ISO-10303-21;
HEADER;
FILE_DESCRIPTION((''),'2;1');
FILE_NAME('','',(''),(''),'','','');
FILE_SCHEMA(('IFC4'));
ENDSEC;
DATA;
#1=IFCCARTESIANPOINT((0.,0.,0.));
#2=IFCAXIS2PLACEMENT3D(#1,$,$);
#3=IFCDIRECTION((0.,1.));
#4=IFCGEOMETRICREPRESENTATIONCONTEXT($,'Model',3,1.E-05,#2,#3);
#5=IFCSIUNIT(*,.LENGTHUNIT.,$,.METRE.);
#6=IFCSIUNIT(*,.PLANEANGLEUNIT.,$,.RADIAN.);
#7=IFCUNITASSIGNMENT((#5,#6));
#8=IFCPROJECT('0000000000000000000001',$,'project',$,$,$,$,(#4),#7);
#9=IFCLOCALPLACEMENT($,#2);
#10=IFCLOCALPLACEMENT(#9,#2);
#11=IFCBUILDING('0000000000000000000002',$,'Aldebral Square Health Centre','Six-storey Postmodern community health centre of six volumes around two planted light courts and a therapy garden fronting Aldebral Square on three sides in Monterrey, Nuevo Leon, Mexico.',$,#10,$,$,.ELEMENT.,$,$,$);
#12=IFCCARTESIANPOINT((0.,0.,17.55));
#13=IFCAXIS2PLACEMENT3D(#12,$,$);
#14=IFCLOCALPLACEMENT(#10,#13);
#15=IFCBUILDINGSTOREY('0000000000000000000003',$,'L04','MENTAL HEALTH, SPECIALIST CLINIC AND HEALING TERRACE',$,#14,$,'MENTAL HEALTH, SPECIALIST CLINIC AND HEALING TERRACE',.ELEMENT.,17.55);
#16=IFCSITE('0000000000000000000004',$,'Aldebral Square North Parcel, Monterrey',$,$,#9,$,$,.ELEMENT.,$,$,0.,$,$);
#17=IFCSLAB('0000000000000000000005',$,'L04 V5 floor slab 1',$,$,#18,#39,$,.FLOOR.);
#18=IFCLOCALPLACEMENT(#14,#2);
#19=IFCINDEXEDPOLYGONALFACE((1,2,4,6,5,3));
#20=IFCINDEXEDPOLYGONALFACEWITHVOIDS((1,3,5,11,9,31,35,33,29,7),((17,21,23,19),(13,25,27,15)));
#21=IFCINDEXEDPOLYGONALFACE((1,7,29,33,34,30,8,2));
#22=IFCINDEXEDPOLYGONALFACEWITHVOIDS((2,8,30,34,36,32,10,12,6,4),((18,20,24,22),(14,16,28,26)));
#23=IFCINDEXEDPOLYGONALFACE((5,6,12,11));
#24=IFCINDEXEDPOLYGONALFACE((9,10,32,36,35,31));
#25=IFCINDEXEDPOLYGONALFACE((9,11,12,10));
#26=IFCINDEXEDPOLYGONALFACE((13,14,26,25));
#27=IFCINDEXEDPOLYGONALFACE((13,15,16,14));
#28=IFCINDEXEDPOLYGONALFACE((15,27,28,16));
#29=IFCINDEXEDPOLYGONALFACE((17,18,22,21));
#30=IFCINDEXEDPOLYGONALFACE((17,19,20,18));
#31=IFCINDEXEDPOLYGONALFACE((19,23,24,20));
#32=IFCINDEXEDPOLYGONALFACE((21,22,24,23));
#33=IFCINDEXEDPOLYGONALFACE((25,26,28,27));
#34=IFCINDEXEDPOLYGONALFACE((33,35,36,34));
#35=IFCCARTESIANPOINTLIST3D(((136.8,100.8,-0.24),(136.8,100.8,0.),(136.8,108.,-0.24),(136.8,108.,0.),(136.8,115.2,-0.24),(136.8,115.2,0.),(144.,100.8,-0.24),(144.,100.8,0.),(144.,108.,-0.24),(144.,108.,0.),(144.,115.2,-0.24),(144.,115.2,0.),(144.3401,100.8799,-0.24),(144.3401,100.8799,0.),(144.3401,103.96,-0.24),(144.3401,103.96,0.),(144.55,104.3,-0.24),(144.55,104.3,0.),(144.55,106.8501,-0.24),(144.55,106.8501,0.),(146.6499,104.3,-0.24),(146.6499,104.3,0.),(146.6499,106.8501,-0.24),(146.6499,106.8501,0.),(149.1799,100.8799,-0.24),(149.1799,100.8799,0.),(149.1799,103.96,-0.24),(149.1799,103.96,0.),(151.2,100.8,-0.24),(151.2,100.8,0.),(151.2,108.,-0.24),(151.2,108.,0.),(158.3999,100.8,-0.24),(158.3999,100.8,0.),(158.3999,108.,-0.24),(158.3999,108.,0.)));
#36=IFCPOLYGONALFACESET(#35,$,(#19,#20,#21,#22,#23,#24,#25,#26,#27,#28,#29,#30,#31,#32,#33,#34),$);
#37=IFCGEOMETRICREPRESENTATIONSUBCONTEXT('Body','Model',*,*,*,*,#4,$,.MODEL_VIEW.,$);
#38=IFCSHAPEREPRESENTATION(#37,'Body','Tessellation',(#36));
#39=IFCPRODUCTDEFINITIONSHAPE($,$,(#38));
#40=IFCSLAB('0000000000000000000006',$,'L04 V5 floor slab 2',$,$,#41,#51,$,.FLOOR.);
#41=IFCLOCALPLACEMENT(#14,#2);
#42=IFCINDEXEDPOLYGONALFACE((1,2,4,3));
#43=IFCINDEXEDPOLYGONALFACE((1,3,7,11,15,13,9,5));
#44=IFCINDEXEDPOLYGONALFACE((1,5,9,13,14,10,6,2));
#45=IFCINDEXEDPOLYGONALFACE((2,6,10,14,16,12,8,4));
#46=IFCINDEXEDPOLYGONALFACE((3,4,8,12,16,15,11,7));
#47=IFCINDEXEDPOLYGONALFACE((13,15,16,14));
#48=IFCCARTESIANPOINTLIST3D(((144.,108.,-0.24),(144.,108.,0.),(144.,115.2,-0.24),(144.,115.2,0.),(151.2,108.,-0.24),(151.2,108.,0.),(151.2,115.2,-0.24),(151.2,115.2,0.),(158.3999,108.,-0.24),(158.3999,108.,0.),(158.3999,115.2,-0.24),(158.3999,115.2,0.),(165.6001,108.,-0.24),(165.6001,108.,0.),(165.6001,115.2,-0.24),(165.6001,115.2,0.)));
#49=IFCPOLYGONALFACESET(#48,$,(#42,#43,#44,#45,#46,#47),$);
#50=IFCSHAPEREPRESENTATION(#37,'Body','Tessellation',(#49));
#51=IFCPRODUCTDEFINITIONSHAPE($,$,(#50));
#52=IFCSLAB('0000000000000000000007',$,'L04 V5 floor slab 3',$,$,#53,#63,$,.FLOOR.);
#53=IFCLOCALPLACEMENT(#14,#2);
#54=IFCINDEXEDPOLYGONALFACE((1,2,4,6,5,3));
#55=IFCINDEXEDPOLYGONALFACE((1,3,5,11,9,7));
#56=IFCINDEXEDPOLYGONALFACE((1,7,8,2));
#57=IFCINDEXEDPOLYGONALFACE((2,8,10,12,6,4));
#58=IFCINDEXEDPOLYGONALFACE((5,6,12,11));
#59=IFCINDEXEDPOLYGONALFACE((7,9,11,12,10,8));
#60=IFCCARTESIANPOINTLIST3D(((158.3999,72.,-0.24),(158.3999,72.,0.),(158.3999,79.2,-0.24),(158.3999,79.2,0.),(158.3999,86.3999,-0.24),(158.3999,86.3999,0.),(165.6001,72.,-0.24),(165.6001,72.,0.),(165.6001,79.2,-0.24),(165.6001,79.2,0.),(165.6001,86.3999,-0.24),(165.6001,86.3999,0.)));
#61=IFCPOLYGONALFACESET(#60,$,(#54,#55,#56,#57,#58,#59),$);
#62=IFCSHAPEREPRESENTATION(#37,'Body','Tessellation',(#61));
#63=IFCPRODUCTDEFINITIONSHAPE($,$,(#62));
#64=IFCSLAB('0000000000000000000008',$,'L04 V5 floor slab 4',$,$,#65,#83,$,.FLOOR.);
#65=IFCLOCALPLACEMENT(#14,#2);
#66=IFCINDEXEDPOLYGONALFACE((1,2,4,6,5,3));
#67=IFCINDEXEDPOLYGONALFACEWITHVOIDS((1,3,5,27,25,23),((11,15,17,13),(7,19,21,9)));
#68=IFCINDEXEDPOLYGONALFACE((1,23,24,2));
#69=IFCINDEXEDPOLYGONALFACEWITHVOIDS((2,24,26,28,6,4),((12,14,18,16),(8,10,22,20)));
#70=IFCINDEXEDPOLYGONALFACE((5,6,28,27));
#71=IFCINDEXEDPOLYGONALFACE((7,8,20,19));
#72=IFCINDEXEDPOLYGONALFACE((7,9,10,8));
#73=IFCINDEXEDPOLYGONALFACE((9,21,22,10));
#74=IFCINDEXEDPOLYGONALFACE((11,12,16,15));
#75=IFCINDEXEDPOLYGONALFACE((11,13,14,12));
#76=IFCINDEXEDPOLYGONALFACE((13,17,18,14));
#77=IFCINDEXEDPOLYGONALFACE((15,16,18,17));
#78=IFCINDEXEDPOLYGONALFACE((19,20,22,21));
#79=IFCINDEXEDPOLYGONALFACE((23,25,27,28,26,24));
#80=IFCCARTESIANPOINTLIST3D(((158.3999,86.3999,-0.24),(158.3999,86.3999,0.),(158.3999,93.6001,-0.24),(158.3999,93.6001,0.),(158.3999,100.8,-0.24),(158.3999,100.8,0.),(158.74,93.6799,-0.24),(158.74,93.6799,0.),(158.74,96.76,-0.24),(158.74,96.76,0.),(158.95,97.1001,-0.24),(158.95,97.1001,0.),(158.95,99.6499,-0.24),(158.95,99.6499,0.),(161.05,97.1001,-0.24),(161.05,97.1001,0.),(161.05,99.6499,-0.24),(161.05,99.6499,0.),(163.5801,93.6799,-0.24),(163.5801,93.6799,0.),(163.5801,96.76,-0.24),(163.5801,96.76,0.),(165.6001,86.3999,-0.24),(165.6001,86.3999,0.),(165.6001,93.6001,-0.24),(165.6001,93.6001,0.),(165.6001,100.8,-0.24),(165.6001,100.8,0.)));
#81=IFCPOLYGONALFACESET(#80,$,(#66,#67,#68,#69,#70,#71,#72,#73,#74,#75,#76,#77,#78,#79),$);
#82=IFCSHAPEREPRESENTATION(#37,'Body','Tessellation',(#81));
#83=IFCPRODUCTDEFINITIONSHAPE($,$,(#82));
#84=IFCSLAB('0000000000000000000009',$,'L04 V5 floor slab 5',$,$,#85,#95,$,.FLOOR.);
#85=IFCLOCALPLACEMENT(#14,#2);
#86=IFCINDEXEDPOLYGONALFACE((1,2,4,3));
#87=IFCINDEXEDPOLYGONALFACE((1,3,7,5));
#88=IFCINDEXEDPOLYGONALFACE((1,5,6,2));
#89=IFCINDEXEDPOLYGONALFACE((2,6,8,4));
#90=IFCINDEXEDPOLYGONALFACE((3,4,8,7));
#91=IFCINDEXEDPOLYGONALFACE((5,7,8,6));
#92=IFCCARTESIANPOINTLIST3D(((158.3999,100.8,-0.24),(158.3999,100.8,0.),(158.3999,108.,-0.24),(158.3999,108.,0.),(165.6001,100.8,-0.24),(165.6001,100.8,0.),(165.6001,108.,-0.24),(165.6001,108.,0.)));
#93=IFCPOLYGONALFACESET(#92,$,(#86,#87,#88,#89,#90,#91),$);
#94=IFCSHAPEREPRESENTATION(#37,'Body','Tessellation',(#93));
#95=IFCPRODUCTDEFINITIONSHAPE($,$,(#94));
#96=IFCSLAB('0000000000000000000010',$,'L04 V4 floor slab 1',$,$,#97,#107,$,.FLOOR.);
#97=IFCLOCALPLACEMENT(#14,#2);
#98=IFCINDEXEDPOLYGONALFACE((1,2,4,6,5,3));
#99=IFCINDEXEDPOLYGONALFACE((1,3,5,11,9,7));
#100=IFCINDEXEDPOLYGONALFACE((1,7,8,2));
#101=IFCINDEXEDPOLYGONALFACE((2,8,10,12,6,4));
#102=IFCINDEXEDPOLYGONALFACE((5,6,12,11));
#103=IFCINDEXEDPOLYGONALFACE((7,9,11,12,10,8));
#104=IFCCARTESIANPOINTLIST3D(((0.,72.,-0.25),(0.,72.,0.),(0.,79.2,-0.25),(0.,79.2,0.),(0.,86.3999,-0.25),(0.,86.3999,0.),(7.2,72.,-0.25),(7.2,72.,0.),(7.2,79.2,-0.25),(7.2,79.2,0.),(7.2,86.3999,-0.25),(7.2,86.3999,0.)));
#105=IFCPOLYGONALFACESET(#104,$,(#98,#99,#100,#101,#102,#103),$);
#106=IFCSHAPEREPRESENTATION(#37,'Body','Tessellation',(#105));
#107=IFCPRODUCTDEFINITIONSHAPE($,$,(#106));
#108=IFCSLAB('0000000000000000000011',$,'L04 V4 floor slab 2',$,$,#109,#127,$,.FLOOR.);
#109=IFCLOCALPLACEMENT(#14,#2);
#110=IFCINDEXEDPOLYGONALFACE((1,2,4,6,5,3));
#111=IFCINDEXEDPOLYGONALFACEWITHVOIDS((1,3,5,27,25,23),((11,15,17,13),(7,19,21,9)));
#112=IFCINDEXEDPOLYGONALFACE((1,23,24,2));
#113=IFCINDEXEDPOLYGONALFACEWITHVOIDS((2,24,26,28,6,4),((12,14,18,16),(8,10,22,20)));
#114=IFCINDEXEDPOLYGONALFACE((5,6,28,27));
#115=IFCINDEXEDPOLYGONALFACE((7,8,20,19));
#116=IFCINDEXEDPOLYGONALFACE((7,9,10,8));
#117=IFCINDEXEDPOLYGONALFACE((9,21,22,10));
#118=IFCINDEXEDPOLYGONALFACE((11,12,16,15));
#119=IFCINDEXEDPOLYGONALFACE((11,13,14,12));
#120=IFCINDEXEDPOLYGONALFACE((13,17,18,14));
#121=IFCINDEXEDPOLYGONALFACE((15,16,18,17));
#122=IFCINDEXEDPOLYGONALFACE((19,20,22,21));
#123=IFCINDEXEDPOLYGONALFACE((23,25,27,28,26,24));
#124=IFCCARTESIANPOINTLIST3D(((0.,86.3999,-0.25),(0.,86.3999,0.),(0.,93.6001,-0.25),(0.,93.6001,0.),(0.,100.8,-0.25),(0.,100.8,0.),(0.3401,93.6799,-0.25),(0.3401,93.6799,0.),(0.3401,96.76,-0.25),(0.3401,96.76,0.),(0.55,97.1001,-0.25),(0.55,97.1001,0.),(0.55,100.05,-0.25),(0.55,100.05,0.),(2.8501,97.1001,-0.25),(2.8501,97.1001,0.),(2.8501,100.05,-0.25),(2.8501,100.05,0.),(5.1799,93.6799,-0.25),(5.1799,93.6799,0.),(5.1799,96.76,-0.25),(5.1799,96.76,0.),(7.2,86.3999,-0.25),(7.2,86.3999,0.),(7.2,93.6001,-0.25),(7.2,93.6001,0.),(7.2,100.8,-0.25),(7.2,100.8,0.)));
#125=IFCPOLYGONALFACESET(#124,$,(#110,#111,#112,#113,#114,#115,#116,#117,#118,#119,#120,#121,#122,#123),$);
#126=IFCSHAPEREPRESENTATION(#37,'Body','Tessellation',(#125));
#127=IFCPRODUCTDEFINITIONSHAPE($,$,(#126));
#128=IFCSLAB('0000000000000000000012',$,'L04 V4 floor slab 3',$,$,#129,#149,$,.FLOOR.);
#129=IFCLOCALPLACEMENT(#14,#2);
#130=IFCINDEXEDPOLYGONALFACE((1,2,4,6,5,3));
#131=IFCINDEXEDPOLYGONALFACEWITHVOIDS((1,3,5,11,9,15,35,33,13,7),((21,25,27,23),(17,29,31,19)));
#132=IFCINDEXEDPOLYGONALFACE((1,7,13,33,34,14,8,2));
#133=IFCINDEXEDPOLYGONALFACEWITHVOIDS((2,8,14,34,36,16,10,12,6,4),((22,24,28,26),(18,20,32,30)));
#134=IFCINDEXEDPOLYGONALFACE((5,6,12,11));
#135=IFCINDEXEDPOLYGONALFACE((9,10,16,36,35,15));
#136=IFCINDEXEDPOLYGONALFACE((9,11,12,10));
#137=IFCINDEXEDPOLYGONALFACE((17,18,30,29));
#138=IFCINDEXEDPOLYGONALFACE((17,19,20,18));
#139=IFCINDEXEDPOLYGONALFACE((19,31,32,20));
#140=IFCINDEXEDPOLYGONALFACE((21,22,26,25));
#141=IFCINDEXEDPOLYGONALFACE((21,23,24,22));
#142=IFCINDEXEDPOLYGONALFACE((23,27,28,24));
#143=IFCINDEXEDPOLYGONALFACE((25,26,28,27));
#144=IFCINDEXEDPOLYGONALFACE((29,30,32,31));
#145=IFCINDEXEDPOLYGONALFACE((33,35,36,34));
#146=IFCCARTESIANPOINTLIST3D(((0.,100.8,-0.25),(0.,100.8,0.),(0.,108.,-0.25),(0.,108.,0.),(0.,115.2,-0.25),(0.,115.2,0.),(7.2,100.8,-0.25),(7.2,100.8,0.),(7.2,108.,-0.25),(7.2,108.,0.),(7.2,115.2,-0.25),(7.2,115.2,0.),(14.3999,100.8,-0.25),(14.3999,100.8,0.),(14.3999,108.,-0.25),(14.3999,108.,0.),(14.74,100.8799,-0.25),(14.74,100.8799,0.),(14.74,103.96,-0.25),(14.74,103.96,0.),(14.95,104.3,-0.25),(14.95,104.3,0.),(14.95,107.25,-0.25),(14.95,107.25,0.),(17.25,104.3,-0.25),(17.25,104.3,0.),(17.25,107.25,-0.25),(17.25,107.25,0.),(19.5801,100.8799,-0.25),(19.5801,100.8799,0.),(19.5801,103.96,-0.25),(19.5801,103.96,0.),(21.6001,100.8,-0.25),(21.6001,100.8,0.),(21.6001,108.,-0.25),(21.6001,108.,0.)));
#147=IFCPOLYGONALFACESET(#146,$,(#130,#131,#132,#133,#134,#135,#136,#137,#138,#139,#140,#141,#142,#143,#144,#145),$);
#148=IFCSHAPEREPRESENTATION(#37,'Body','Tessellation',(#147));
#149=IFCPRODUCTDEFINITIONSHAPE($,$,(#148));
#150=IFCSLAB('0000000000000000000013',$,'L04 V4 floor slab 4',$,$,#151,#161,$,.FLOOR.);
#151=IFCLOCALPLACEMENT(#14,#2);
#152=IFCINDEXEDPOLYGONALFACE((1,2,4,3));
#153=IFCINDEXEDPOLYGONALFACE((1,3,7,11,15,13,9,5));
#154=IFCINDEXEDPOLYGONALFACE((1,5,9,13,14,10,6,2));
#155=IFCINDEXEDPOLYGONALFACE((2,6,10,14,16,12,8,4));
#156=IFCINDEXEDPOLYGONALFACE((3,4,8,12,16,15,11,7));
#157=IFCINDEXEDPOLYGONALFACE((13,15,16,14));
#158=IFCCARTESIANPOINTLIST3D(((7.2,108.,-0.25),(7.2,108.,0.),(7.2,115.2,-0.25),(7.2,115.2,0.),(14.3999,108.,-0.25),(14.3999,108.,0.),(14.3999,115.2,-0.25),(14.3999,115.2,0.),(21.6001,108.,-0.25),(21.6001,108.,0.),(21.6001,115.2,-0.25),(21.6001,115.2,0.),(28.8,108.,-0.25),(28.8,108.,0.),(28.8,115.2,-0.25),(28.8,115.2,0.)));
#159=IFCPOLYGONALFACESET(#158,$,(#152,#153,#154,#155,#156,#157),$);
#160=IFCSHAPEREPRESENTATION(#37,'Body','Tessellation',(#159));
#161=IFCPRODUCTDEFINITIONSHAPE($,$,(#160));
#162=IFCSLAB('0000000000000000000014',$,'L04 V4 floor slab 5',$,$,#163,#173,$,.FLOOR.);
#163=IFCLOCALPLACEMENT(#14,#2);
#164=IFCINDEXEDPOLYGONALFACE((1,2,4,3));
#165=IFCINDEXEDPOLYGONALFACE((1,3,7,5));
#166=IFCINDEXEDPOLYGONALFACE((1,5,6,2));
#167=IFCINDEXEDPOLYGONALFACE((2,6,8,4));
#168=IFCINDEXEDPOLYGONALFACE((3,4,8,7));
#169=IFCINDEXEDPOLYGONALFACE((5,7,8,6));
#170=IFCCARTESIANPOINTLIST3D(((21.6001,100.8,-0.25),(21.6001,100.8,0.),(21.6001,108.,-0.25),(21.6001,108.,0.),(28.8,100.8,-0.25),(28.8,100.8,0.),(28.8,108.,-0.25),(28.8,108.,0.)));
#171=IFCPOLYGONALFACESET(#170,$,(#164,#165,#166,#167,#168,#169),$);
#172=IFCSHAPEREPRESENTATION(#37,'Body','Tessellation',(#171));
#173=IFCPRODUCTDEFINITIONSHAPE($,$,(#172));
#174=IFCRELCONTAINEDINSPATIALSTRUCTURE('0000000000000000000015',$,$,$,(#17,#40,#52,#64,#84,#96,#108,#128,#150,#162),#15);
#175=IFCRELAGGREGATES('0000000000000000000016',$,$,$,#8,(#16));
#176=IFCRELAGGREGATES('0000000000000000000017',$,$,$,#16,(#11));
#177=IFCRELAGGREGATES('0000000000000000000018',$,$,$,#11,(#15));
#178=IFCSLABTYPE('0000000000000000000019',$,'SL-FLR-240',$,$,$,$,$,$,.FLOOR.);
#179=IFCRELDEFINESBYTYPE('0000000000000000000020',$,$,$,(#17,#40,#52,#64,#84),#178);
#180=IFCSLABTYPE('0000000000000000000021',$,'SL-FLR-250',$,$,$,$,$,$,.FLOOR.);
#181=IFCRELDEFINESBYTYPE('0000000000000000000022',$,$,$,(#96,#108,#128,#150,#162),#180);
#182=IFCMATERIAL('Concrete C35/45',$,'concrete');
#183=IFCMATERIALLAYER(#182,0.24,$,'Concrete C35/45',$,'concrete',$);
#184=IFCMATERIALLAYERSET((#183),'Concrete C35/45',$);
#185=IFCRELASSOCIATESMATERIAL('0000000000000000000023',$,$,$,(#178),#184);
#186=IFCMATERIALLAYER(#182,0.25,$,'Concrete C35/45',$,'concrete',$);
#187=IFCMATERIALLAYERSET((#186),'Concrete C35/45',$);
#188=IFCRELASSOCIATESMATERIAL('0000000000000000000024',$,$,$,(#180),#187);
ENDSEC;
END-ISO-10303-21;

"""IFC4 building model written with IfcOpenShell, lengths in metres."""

from ifc_helpers import new_model, si_unit, direction, frame, origin, place, context, subcontext, project, spatial, polyline, outline, extrude, material, layer, layer_set, type_object, element, save


model = new_model("IFC4")

# Units and contexts
model_context = context("Model", 3, precision=1e-05, world=origin(), true_north=direction((0.0, 1.0)))
body_context = subcontext(model_context, "Body", "Model", "MODEL_VIEW")
ifc_project = project(units=[si_unit("LENGTHUNIT", "METRE"), si_unit("PLANEANGLEUNIT", "RADIAN")], contexts=[model_context])

# Site, building, storey
site_placement = place(None, origin())
site = spatial("IfcSite", under=ifc_project, at=site_placement, Name="Aldebral Square North Parcel, Monterrey", CompositionType="ELEMENT", RefElevation=0.0)
building_placement = place(site_placement, origin())
building = spatial("IfcBuilding", under=site, at=building_placement, Name="Aldebral Square Health Centre", Description="Six-storey Postmodern community health centre of six volumes around two planted light courts and a therapy garden fronting Aldebral Square on three sides in Monterrey, Nuevo Leon, Mexico.", CompositionType="ELEMENT")
storey_placement = place(building_placement, frame((0.0, 0.0, 17.55)))
storey = spatial("IfcBuildingStorey", under=building, at=storey_placement, Name="L04", Description="MENTAL HEALTH, SPECIALIST CLINIC AND HEALING TERRACE", LongName="MENTAL HEALTH, SPECIALIST CLINIC AND HEALING TERRACE", CompositionType="ELEMENT", Elevation=17.55)

# Slabs
ifc_material_1 = material(Name="Concrete C35/45", Category="concrete")
ifc_layer_1 = layer(ifc_material_1, 0.24, Name="Concrete C35/45", Category="concrete")
ifc_layer_set_1 = layer_set([ifc_layer_1], Name="Concrete C35/45")
slab_type_1 = type_object("IfcSlabType", Name="SL-FLR-240", PredefinedType="FLOOR", material=ifc_layer_set_1)
slab_1_placement = place(storey_placement, frame((0.0, 0.0, -0.24)))
element("IfcSlab", 1, at=slab_1_placement, inside=storey, type_object=slab_type_1, Name="L04 V5 floor slab 1", PredefinedType="FLOOR", context=body_context, shape_type="SweptSolid", body=[
    extrude(outline(polyline([(136.8, 115.2), (144.0, 115.2), (144.0, 108.0), (151.2, 108.0), (158.3999, 108.0), (158.3999, 100.8), (151.2, 100.8), (144.0, 100.8), (136.8, 100.8), (136.8, 108.0), (136.8, 115.2)]), holes=[polyline([(144.3401, 103.96), (144.3401, 100.8799), (149.1799, 100.8799), (149.1799, 103.96), (144.3401, 103.96)]), polyline([(144.55, 106.8501), (144.55, 104.3), (146.6499, 104.3), (146.6499, 106.8501), (144.55, 106.8501)])]), origin(), (0.0, 0.0, 1.0), 0.24),
])
slab_2_placement = place(storey_placement, frame((0.0, 0.0, -0.24)))
element("IfcSlab", 2, at=slab_2_placement, inside=storey, type_object=slab_type_1, Name="L04 V5 floor slab 2", PredefinedType="FLOOR", context=body_context, shape_type="SweptSolid", body=[
    extrude(outline(polyline([(144.0, 115.2), (151.2, 115.2), (158.3999, 115.2), (165.6001, 115.2), (165.6001, 108.0), (158.3999, 108.0), (151.2, 108.0), (144.0, 108.0), (144.0, 115.2)])), origin(), (0.0, 0.0, 1.0), 0.24),
])
slab_3_placement = place(storey_placement, frame((0.0, 0.0, -0.24)))
element("IfcSlab", 3, at=slab_3_placement, inside=storey, type_object=slab_type_1, Name="L04 V5 floor slab 3", PredefinedType="FLOOR", context=body_context, shape_type="SweptSolid", body=[
    extrude(outline(polyline([(158.3999, 72.0), (158.3999, 79.2), (158.3999, 86.3999), (165.6001, 86.3999), (165.6001, 79.2), (165.6001, 72.0), (158.3999, 72.0)])), origin(), (0.0, 0.0, 1.0), 0.24),
])
slab_4_placement = place(storey_placement, frame((0.0, 0.0, -0.24)))
element("IfcSlab", 4, at=slab_4_placement, inside=storey, type_object=slab_type_1, Name="L04 V5 floor slab 4", PredefinedType="FLOOR", context=body_context, shape_type="SweptSolid", body=[
    extrude(outline(polyline([(158.3999, 86.3999), (158.3999, 93.6001), (158.3999, 100.8), (165.6001, 100.8), (165.6001, 93.6001), (165.6001, 86.3999), (158.3999, 86.3999)]), holes=[polyline([(158.74, 96.76), (158.74, 93.6799), (163.5801, 93.6799), (163.5801, 96.76), (158.74, 96.76)]), polyline([(158.95, 99.6499), (158.95, 97.1001), (161.05, 97.1001), (161.05, 99.6499), (158.95, 99.6499)])]), origin(), (0.0, 0.0, 1.0), 0.24),
])
slab_5_placement = place(storey_placement, frame((0.0, 0.0, -0.24)))
element("IfcSlab", 5, at=slab_5_placement, inside=storey, type_object=slab_type_1, Name="L04 V5 floor slab 5", PredefinedType="FLOOR", context=body_context, shape_type="SweptSolid", body=[
    extrude(outline(polyline([(158.3999, 100.8), (158.3999, 108.0), (165.6001, 108.0), (165.6001, 100.8), (158.3999, 100.8)])), origin(), (0.0, 0.0, 1.0), 0.24),
])
ifc_layer_2 = layer(ifc_material_1, 0.25, Name="Concrete C35/45", Category="concrete")
ifc_layer_set_2 = layer_set([ifc_layer_2], Name="Concrete C35/45")
slab_type_2 = type_object("IfcSlabType", Name="SL-FLR-250", PredefinedType="FLOOR", material=ifc_layer_set_2)
slab_6_placement = place(storey_placement, frame((0.0, 0.0, -0.25)))
element("IfcSlab", 6, at=slab_6_placement, inside=storey, type_object=slab_type_2, Name="L04 V4 floor slab 1", PredefinedType="FLOOR", context=body_context, shape_type="SweptSolid", body=[
    extrude(outline(polyline([(0.0, 72.0), (0.0, 79.2), (0.0, 86.3999), (7.2, 86.3999), (7.2, 79.2), (7.2, 72.0), (0.0, 72.0)])), origin(), (0.0, 0.0, 1.0), 0.25),
])
slab_7_placement = place(storey_placement, frame((0.0, 0.0, -0.25)))
element("IfcSlab", 7, at=slab_7_placement, inside=storey, type_object=slab_type_2, Name="L04 V4 floor slab 2", PredefinedType="FLOOR", context=body_context, shape_type="SweptSolid", body=[
    extrude(outline(polyline([(0.0, 86.3999), (0.0, 93.6001), (0.0, 100.8), (7.2, 100.8), (7.2, 93.6001), (7.2, 86.3999), (0.0, 86.3999)]), holes=[polyline([(0.3401, 96.76), (0.3401, 93.6799), (5.1799, 93.6799), (5.1799, 96.76), (0.3401, 96.76)]), polyline([(0.55, 100.05), (0.55, 97.1001), (2.8501, 97.1001), (2.8501, 100.05), (0.55, 100.05)])]), origin(), (0.0, 0.0, 1.0), 0.25),
])
slab_8_placement = place(storey_placement, frame((0.0, 0.0, -0.25)))
element("IfcSlab", 8, at=slab_8_placement, inside=storey, type_object=slab_type_2, Name="L04 V4 floor slab 3", PredefinedType="FLOOR", context=body_context, shape_type="SweptSolid", body=[
    extrude(outline(polyline([(0.0, 115.2), (7.2, 115.2), (7.2, 108.0), (14.3999, 108.0), (21.6001, 108.0), (21.6001, 100.8), (14.3999, 100.8), (7.2, 100.8), (0.0, 100.8), (0.0, 108.0), (0.0, 115.2)]), holes=[polyline([(14.74, 103.96), (14.74, 100.8799), (19.5801, 100.8799), (19.5801, 103.96), (14.74, 103.96)]), polyline([(14.95, 107.25), (14.95, 104.3), (17.25, 104.3), (17.25, 107.25), (14.95, 107.25)])]), origin(), (0.0, 0.0, 1.0), 0.25),
])
slab_9_placement = place(storey_placement, frame((0.0, 0.0, -0.25)))
element("IfcSlab", 9, at=slab_9_placement, inside=storey, type_object=slab_type_2, Name="L04 V4 floor slab 4", PredefinedType="FLOOR", context=body_context, shape_type="SweptSolid", body=[
    extrude(outline(polyline([(7.2, 115.2), (14.3999, 115.2), (21.6001, 115.2), (28.8, 115.2), (28.8, 108.0), (21.6001, 108.0), (14.3999, 108.0), (7.2, 108.0), (7.2, 115.2)])), origin(), (0.0, 0.0, 1.0), 0.25),
])
slab_10_placement = place(storey_placement, frame((0.0, 0.0, -0.25)))
element("IfcSlab", 10, at=slab_10_placement, inside=storey, type_object=slab_type_2, Name="L04 V4 floor slab 5", PredefinedType="FLOOR", context=body_context, shape_type="SweptSolid", body=[
    extrude(outline(polyline([(21.6001, 100.8), (21.6001, 108.0), (28.8, 108.0), (28.8, 100.8), (21.6001, 100.8)])), origin(), (0.0, 0.0, 1.0), 0.25),
])

save(model, "model.ifc")
